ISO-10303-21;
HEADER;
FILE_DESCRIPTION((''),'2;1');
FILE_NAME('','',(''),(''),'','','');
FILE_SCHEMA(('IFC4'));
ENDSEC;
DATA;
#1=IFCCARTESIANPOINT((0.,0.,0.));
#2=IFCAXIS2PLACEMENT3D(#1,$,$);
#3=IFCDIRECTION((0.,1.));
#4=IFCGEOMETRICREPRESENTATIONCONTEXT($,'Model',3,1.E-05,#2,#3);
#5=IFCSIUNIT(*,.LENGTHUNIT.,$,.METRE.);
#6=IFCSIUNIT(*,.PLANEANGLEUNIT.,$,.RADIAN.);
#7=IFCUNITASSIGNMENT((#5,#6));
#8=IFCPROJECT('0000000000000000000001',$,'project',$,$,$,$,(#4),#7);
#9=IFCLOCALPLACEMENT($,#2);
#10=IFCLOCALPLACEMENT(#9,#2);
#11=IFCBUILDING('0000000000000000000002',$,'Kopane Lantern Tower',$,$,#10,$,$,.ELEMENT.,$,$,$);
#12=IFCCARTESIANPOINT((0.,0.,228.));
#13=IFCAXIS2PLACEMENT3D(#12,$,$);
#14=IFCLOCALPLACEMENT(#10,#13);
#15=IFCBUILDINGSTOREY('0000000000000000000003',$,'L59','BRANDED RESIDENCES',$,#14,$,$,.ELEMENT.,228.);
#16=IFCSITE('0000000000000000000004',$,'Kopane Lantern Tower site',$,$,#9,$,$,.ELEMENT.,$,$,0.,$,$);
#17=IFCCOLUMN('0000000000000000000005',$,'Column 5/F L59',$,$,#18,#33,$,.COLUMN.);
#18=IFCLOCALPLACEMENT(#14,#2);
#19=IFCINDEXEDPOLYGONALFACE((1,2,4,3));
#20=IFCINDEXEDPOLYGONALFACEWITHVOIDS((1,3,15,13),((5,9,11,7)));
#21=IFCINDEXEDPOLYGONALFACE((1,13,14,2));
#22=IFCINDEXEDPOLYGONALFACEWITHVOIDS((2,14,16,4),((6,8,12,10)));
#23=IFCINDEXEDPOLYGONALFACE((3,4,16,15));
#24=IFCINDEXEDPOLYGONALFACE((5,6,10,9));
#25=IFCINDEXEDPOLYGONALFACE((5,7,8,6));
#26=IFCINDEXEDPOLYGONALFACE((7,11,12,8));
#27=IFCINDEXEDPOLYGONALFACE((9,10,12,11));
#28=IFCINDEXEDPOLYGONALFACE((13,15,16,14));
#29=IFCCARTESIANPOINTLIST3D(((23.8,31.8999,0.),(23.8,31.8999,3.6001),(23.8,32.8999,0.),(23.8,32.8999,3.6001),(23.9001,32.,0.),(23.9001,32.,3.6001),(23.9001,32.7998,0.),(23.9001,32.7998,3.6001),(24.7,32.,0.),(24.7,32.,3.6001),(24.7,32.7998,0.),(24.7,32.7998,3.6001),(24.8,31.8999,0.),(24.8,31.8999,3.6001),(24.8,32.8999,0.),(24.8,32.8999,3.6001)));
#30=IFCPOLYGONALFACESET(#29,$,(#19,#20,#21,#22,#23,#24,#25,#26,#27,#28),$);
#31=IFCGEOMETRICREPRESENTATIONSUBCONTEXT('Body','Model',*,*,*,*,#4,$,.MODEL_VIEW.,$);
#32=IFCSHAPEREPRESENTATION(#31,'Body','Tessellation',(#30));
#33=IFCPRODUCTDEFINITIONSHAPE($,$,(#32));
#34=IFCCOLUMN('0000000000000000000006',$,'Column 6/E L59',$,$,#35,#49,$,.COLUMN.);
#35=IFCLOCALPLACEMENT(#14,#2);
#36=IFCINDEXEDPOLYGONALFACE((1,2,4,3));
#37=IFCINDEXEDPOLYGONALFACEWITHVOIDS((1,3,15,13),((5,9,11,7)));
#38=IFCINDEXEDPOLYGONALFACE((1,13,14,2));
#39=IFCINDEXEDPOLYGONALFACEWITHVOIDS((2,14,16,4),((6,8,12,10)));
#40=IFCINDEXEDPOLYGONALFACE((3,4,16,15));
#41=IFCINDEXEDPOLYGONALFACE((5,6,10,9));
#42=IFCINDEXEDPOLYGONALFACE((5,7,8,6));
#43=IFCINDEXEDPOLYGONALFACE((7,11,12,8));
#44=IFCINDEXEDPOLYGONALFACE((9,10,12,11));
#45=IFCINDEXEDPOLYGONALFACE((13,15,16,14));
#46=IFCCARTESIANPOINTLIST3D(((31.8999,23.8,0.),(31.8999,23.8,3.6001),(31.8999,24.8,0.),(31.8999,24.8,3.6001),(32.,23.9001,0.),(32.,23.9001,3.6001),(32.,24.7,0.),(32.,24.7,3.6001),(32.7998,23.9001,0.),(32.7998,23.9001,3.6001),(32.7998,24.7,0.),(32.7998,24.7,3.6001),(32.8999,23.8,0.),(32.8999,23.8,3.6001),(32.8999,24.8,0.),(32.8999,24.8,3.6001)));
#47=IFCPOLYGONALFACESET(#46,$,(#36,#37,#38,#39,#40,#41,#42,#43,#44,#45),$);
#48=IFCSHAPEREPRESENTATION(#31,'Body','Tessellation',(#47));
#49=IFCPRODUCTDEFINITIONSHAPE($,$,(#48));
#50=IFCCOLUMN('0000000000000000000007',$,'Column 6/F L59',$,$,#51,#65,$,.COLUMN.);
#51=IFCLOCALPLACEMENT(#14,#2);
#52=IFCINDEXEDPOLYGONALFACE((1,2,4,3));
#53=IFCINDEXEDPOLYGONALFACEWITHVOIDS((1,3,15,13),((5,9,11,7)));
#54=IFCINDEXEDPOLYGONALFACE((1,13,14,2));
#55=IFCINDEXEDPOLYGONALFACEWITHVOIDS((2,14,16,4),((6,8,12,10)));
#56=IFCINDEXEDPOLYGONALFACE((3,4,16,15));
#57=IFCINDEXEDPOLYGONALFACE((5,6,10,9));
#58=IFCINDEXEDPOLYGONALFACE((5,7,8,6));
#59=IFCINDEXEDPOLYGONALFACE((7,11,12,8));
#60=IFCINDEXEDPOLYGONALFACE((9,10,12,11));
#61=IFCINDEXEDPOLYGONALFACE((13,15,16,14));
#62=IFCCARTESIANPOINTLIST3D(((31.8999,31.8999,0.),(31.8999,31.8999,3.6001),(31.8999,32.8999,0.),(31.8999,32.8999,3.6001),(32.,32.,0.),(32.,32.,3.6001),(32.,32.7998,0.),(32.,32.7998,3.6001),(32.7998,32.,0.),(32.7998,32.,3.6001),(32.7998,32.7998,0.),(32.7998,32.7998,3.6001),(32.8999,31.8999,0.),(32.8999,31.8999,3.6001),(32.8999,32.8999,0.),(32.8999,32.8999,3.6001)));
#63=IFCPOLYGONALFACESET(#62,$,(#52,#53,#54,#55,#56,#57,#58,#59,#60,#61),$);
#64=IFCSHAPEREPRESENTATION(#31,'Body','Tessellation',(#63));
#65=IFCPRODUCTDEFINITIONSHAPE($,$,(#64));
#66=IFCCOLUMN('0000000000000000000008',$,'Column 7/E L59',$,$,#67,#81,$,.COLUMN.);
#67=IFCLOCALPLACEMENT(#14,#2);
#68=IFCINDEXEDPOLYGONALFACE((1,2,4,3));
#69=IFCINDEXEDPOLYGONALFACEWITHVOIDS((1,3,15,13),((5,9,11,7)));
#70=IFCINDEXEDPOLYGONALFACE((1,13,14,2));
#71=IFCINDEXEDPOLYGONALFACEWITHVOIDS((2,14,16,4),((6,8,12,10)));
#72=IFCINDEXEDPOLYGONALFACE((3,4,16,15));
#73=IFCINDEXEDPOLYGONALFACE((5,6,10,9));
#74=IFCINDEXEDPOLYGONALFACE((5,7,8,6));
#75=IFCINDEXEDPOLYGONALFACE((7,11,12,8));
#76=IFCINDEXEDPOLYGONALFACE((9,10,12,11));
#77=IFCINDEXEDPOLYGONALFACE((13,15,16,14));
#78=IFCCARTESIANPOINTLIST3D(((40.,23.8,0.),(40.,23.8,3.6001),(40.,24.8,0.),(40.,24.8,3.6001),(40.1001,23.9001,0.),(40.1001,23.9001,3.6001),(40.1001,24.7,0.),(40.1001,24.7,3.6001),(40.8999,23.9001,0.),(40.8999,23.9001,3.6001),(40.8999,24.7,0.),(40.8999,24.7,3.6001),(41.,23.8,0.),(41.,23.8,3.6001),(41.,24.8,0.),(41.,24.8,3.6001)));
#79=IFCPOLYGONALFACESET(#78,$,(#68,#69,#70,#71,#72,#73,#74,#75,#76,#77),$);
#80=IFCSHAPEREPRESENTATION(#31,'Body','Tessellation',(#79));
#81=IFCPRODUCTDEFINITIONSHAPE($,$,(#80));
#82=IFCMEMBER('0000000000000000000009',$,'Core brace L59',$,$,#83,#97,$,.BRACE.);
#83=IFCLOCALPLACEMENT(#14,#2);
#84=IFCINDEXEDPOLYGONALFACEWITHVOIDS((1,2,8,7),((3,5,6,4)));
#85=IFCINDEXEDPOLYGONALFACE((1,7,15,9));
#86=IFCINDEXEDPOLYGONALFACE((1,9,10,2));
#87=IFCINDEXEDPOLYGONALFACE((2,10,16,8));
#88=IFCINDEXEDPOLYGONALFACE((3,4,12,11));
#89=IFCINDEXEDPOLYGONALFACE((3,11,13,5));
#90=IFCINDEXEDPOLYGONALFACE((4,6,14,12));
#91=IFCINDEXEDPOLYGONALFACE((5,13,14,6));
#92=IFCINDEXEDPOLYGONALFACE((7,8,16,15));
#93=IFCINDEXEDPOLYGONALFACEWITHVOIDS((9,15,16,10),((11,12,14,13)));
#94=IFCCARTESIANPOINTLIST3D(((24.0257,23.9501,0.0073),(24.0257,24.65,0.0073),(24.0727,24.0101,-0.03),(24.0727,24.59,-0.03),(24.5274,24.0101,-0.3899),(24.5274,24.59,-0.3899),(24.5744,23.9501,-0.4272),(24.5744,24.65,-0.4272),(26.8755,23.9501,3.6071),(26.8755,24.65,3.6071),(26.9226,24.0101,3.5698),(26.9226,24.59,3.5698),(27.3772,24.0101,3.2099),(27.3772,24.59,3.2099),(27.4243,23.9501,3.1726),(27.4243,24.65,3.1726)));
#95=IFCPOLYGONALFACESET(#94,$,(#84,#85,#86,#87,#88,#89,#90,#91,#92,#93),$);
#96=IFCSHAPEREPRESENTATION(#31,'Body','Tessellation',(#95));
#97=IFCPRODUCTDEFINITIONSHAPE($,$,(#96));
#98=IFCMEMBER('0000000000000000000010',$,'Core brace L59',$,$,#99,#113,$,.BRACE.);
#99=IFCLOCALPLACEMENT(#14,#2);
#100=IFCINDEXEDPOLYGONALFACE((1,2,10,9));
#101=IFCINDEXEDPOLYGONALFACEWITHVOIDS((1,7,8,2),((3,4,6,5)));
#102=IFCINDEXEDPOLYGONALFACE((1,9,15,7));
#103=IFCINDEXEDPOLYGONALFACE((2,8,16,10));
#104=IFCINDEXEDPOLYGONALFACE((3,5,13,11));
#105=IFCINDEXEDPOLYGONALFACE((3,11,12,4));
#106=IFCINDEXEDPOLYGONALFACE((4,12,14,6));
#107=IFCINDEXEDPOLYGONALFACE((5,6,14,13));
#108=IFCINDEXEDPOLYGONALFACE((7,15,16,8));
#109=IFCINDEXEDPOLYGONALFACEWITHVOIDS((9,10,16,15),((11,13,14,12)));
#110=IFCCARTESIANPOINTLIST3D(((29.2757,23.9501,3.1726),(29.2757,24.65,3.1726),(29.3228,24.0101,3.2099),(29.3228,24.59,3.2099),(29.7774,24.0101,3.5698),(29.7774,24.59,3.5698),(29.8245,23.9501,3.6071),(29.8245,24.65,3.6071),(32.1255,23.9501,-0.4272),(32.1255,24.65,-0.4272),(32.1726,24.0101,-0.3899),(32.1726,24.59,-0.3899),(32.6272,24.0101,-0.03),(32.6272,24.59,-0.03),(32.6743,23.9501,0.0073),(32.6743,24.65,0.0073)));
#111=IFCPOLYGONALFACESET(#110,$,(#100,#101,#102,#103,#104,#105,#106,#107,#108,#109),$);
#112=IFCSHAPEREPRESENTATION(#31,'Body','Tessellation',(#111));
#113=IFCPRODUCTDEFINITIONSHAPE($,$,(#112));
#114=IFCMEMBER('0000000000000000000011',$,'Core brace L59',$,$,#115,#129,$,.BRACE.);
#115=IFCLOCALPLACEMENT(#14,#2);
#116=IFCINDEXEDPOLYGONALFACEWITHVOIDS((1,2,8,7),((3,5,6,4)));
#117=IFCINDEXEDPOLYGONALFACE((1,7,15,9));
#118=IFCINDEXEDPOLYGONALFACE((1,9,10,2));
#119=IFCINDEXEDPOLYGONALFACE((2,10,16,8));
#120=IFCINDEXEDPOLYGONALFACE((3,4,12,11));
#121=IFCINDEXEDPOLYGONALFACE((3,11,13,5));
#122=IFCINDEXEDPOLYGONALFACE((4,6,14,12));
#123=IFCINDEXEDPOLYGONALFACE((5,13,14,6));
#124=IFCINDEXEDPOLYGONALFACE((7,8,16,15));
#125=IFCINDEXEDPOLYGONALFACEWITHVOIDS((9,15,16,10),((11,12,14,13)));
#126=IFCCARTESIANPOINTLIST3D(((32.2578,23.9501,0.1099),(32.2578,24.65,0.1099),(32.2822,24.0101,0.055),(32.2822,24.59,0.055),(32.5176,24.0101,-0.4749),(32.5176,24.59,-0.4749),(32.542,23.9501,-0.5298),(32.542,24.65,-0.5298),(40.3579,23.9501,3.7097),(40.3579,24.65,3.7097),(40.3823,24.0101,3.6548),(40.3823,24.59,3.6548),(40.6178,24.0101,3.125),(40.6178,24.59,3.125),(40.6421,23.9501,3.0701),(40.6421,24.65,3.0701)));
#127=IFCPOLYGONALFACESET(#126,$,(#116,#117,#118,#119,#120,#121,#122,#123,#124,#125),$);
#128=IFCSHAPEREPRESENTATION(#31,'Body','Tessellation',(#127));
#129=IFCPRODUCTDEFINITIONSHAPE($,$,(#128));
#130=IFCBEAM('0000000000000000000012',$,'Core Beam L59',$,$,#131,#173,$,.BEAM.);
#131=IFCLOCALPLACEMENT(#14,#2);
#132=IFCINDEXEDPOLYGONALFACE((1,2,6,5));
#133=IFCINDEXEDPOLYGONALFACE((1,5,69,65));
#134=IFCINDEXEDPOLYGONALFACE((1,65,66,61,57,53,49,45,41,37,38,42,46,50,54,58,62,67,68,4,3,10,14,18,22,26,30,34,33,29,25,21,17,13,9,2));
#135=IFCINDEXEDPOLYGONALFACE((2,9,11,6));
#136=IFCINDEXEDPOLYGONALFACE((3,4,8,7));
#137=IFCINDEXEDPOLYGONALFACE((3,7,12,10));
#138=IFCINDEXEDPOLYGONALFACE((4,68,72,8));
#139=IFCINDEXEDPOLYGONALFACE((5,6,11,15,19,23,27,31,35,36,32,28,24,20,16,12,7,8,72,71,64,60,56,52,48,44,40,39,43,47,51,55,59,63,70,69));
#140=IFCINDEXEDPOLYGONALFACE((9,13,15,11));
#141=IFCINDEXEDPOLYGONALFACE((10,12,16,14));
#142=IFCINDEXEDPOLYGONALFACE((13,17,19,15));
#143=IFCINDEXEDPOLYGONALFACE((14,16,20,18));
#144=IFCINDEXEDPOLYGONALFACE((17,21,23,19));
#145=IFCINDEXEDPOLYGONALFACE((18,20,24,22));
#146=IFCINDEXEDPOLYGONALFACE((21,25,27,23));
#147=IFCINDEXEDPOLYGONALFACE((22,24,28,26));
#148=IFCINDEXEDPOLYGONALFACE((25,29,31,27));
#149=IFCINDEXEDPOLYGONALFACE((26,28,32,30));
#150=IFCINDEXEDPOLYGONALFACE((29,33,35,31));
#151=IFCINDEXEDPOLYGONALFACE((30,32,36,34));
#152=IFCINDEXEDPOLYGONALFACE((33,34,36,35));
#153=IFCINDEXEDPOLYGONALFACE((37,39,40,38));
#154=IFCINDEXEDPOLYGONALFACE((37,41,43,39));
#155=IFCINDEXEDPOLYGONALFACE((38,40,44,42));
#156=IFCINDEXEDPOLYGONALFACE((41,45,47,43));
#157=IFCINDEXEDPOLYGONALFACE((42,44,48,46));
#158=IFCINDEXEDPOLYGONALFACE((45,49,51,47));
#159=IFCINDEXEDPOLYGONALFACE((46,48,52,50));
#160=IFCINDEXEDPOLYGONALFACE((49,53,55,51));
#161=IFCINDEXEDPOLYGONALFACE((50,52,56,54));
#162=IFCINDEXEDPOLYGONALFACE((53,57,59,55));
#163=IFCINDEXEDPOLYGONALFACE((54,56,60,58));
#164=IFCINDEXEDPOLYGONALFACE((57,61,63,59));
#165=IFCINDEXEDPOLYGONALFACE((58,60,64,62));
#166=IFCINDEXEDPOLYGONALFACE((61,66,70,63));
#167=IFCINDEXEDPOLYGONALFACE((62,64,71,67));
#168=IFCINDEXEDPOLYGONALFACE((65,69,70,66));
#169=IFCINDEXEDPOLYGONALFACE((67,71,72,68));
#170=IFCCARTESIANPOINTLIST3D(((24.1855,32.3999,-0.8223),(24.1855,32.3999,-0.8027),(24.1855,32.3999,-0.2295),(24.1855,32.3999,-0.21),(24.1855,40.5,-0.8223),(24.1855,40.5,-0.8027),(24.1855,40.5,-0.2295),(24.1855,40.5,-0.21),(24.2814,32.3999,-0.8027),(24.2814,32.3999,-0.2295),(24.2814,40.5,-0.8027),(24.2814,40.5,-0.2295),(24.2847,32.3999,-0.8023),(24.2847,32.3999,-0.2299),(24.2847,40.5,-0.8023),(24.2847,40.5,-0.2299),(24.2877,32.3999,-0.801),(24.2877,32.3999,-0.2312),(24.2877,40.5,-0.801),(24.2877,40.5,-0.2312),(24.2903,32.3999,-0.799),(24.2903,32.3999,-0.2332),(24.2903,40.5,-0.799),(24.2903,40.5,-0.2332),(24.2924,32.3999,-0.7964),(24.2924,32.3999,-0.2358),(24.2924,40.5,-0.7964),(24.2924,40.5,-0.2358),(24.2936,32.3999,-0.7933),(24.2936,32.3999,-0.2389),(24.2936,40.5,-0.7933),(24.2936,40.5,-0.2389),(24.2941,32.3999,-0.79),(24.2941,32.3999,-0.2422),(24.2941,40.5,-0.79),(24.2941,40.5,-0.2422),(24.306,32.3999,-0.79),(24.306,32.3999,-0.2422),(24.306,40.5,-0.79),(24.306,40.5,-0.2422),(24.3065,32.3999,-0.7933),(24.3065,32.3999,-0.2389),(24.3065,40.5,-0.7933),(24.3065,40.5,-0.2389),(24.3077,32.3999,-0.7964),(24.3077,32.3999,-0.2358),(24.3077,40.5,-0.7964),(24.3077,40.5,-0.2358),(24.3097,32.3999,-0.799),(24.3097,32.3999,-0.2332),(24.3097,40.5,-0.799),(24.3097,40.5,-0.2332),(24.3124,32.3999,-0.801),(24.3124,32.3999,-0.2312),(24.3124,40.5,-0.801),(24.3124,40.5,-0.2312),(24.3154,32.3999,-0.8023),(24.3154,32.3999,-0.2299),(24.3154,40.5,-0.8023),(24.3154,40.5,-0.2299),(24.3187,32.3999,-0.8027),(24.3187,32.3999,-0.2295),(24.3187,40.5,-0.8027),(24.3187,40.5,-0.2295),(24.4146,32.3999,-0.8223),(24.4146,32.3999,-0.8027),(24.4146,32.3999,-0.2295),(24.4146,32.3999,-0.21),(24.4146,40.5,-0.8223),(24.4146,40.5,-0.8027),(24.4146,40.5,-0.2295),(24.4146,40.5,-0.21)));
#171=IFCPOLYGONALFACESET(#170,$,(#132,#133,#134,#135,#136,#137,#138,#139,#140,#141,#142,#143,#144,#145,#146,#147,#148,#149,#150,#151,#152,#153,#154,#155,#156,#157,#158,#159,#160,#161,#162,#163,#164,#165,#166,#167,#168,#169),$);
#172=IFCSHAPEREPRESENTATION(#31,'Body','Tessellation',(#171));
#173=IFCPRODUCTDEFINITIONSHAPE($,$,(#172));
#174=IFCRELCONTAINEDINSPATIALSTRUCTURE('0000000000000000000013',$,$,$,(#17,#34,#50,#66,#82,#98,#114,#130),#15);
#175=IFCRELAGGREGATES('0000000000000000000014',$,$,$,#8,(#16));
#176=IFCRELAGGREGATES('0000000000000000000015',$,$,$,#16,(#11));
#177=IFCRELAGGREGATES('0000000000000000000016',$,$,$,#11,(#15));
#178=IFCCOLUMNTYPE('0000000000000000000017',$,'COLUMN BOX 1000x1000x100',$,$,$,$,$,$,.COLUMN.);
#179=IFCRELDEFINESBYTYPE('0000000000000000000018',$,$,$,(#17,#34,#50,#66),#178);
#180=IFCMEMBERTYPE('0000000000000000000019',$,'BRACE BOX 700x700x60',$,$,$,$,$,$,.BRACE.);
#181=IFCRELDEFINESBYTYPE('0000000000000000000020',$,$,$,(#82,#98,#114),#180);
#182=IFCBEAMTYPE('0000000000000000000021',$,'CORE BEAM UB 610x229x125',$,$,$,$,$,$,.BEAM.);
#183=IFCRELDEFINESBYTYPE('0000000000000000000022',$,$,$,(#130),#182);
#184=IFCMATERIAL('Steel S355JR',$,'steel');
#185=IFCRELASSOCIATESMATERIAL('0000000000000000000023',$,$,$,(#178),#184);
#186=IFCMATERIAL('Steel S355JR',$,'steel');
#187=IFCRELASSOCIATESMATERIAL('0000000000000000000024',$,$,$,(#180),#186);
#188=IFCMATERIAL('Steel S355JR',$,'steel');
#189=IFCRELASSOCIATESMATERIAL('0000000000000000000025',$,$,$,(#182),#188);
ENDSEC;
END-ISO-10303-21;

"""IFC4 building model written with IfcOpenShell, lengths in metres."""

from ifc_helpers import new_model, si_unit, direction, frame, origin, origin_2d, place, context, subcontext, project, spatial, hollow_rectangle, i_section, extrude, material, material_profile, profile_set, type_object, element, save


model = new_model("IFC4")

# Units and contexts
model_context = context("Model", 3, precision=1e-05, world=origin(), true_north=direction((0.0, 1.0)))
body_context = subcontext(model_context, "Body", "Model", "MODEL_VIEW")
ifc_project = project(units=[si_unit("LENGTHUNIT", "METRE"), si_unit("PLANEANGLEUNIT", "RADIAN")], contexts=[model_context])

# Site, building, storey
site_placement = place(None, origin())
site = spatial("IfcSite", under=ifc_project, at=site_placement, Name="Kopane Lantern Tower site", CompositionType="ELEMENT", RefElevation=0.0)
building_placement = place(site_placement, origin())
building = spatial("IfcBuilding", under=site, at=building_placement, Name="Kopane Lantern Tower", CompositionType="ELEMENT")
storey_placement = place(building_placement, frame((0.0, 0.0, 228.0)))
storey = spatial("IfcBuildingStorey", under=building, at=storey_placement, Name="L59", Description="BRANDED RESIDENCES", CompositionType="ELEMENT", Elevation=228.0)

# Columns
ifc_material_1 = material(Name="Steel S355JR", Category="steel")
ifc_material_profile_1 = material_profile(ifc_material_1, hollow_rectangle(XDim=1.0, YDim=1.0, WallThickness=0.1001, at=origin_2d()), Name="BOX 1000x1000x100")
ifc_profile_set_1 = profile_set([ifc_material_profile_1], Name="Steel S355JR")
column_type = type_object("IfcColumnType", Name="COLUMN BOX 1000x1000x100", PredefinedType="COLUMN", material=ifc_profile_set_1)
for number, where, z_axis, x_axis, name in (
    (1, (24.3, 32.3999, 0.0), (0.0, 0.0, 1.0), (1.0, 0.0, 0.0), "Column 5/F L59"),
    (2, (32.3999, 24.3, 0.0), (0.0, 0.0, 1.0), (1.0, 0.0, 0.0), "Column 6/E L59"),
    (3, (32.3999, 32.3999, 0.0), (0.0, 0.0, 1.0), (1.0, 0.0, 0.0), "Column 6/F L59"),
    (4, (40.5, 24.3, 0.0), (0.0, 0.0, 1.0), (1.0, 0.0, 0.0), "Column 7/E L59"),
):
    element("IfcColumn", number, at=place(storey_placement, frame(where, z_axis=z_axis, x_axis=x_axis)), inside=storey, type_object=column_type, Name=name, PredefinedType="COLUMN", context=body_context, shape_type="SweptSolid", body=[
        extrude(hollow_rectangle(XDim=1.0, YDim=1.0, WallThickness=0.1001, at=origin_2d()), origin(), (0.0, 0.0, 1.0), 3.6001),
    ])

# Members
ifc_material_2 = material(Name="Steel S355JR", Category="steel")
ifc_material_profile_2 = material_profile(ifc_material_2, hollow_rectangle(XDim=0.7, YDim=0.7, WallThickness=0.0601, at=origin_2d()), Name="BOX 700x700x60")
ifc_profile_set_2 = profile_set([ifc_material_profile_2], Name="Steel S355JR")
member_type = type_object("IfcMemberType", Name="BRACE BOX 700x700x60", PredefinedType="BRACE", material=ifc_profile_set_2)
for number, where, z_axis, x_axis, name in (
    (5, (24.3, 24.3, -0.21), (0.620699, 0.0, 0.784049), (0.0, 1.0, 0.0), "Core brace L59"),
    (6, (32.3999, 24.3, -0.21), (-0.620699, 0.0, 0.784049), (0.0, -1.0, 0.0), "Core brace L59"),
):
    element("IfcMember", number, at=place(storey_placement, frame(where, z_axis=z_axis, x_axis=x_axis)), inside=storey, type_object=member_type, Name=name, PredefinedType="BRACE", context=body_context, shape_type="SweptSolid", body=[
        extrude(hollow_rectangle(XDim=0.7, YDim=0.7, WallThickness=0.0601, at=origin_2d()), origin(), (0.0, 0.0, 1.0), 4.5913),
    ])
member_placement = place(storey_placement, frame((32.3999, 24.3, -0.21), z_axis=(0.913819, 0.0, 0.406121), x_axis=(0.0, 1.0, 0.0)))
element("IfcMember", 7, at=member_placement, inside=storey, type_object=member_type, Name="Core brace L59", PredefinedType="BRACE", context=body_context, shape_type="SweptSolid", body=[
    extrude(hollow_rectangle(XDim=0.7, YDim=0.7, WallThickness=0.0601, at=origin_2d()), origin(), (0.0, 0.0, 1.0), 8.864),
])

# Beam
ifc_material_3 = material(Name="Steel S355JR", Category="steel")
ifc_material_profile_3 = material_profile(ifc_material_3, i_section(OverallWidth=0.229, OverallDepth=0.6123, WebThickness=0.012, FlangeThickness=0.0195, FilletRadius=0.0127, at=origin_2d()), Name="UB 610x229x125")
ifc_profile_set_3 = profile_set([ifc_material_profile_3], Name="Steel S355JR")
beam_type_1 = type_object("IfcBeamType", Name="CORE BEAM UB 610x229x125", PredefinedType="BEAM", material=ifc_profile_set_3)
beam_1_placement = place(storey_placement, frame((24.3, 32.3999, -0.5161), z_axis=(0.0, 1.0, 0.0), x_axis=(-1.0, 0.0, 0.0)))
element("IfcBeam", 8, at=beam_1_placement, inside=storey, type_object=beam_type_1, Name="Core Beam L59", PredefinedType="BEAM", context=body_context, shape_type="SweptSolid", body=[
    extrude(i_section(OverallWidth=0.229, OverallDepth=0.6123, WebThickness=0.012, FlangeThickness=0.0195, FilletRadius=0.0127, at=origin_2d()), origin(), (0.0, 0.0, 1.0), 8.1001),
])

save(model, "model.ifc")
